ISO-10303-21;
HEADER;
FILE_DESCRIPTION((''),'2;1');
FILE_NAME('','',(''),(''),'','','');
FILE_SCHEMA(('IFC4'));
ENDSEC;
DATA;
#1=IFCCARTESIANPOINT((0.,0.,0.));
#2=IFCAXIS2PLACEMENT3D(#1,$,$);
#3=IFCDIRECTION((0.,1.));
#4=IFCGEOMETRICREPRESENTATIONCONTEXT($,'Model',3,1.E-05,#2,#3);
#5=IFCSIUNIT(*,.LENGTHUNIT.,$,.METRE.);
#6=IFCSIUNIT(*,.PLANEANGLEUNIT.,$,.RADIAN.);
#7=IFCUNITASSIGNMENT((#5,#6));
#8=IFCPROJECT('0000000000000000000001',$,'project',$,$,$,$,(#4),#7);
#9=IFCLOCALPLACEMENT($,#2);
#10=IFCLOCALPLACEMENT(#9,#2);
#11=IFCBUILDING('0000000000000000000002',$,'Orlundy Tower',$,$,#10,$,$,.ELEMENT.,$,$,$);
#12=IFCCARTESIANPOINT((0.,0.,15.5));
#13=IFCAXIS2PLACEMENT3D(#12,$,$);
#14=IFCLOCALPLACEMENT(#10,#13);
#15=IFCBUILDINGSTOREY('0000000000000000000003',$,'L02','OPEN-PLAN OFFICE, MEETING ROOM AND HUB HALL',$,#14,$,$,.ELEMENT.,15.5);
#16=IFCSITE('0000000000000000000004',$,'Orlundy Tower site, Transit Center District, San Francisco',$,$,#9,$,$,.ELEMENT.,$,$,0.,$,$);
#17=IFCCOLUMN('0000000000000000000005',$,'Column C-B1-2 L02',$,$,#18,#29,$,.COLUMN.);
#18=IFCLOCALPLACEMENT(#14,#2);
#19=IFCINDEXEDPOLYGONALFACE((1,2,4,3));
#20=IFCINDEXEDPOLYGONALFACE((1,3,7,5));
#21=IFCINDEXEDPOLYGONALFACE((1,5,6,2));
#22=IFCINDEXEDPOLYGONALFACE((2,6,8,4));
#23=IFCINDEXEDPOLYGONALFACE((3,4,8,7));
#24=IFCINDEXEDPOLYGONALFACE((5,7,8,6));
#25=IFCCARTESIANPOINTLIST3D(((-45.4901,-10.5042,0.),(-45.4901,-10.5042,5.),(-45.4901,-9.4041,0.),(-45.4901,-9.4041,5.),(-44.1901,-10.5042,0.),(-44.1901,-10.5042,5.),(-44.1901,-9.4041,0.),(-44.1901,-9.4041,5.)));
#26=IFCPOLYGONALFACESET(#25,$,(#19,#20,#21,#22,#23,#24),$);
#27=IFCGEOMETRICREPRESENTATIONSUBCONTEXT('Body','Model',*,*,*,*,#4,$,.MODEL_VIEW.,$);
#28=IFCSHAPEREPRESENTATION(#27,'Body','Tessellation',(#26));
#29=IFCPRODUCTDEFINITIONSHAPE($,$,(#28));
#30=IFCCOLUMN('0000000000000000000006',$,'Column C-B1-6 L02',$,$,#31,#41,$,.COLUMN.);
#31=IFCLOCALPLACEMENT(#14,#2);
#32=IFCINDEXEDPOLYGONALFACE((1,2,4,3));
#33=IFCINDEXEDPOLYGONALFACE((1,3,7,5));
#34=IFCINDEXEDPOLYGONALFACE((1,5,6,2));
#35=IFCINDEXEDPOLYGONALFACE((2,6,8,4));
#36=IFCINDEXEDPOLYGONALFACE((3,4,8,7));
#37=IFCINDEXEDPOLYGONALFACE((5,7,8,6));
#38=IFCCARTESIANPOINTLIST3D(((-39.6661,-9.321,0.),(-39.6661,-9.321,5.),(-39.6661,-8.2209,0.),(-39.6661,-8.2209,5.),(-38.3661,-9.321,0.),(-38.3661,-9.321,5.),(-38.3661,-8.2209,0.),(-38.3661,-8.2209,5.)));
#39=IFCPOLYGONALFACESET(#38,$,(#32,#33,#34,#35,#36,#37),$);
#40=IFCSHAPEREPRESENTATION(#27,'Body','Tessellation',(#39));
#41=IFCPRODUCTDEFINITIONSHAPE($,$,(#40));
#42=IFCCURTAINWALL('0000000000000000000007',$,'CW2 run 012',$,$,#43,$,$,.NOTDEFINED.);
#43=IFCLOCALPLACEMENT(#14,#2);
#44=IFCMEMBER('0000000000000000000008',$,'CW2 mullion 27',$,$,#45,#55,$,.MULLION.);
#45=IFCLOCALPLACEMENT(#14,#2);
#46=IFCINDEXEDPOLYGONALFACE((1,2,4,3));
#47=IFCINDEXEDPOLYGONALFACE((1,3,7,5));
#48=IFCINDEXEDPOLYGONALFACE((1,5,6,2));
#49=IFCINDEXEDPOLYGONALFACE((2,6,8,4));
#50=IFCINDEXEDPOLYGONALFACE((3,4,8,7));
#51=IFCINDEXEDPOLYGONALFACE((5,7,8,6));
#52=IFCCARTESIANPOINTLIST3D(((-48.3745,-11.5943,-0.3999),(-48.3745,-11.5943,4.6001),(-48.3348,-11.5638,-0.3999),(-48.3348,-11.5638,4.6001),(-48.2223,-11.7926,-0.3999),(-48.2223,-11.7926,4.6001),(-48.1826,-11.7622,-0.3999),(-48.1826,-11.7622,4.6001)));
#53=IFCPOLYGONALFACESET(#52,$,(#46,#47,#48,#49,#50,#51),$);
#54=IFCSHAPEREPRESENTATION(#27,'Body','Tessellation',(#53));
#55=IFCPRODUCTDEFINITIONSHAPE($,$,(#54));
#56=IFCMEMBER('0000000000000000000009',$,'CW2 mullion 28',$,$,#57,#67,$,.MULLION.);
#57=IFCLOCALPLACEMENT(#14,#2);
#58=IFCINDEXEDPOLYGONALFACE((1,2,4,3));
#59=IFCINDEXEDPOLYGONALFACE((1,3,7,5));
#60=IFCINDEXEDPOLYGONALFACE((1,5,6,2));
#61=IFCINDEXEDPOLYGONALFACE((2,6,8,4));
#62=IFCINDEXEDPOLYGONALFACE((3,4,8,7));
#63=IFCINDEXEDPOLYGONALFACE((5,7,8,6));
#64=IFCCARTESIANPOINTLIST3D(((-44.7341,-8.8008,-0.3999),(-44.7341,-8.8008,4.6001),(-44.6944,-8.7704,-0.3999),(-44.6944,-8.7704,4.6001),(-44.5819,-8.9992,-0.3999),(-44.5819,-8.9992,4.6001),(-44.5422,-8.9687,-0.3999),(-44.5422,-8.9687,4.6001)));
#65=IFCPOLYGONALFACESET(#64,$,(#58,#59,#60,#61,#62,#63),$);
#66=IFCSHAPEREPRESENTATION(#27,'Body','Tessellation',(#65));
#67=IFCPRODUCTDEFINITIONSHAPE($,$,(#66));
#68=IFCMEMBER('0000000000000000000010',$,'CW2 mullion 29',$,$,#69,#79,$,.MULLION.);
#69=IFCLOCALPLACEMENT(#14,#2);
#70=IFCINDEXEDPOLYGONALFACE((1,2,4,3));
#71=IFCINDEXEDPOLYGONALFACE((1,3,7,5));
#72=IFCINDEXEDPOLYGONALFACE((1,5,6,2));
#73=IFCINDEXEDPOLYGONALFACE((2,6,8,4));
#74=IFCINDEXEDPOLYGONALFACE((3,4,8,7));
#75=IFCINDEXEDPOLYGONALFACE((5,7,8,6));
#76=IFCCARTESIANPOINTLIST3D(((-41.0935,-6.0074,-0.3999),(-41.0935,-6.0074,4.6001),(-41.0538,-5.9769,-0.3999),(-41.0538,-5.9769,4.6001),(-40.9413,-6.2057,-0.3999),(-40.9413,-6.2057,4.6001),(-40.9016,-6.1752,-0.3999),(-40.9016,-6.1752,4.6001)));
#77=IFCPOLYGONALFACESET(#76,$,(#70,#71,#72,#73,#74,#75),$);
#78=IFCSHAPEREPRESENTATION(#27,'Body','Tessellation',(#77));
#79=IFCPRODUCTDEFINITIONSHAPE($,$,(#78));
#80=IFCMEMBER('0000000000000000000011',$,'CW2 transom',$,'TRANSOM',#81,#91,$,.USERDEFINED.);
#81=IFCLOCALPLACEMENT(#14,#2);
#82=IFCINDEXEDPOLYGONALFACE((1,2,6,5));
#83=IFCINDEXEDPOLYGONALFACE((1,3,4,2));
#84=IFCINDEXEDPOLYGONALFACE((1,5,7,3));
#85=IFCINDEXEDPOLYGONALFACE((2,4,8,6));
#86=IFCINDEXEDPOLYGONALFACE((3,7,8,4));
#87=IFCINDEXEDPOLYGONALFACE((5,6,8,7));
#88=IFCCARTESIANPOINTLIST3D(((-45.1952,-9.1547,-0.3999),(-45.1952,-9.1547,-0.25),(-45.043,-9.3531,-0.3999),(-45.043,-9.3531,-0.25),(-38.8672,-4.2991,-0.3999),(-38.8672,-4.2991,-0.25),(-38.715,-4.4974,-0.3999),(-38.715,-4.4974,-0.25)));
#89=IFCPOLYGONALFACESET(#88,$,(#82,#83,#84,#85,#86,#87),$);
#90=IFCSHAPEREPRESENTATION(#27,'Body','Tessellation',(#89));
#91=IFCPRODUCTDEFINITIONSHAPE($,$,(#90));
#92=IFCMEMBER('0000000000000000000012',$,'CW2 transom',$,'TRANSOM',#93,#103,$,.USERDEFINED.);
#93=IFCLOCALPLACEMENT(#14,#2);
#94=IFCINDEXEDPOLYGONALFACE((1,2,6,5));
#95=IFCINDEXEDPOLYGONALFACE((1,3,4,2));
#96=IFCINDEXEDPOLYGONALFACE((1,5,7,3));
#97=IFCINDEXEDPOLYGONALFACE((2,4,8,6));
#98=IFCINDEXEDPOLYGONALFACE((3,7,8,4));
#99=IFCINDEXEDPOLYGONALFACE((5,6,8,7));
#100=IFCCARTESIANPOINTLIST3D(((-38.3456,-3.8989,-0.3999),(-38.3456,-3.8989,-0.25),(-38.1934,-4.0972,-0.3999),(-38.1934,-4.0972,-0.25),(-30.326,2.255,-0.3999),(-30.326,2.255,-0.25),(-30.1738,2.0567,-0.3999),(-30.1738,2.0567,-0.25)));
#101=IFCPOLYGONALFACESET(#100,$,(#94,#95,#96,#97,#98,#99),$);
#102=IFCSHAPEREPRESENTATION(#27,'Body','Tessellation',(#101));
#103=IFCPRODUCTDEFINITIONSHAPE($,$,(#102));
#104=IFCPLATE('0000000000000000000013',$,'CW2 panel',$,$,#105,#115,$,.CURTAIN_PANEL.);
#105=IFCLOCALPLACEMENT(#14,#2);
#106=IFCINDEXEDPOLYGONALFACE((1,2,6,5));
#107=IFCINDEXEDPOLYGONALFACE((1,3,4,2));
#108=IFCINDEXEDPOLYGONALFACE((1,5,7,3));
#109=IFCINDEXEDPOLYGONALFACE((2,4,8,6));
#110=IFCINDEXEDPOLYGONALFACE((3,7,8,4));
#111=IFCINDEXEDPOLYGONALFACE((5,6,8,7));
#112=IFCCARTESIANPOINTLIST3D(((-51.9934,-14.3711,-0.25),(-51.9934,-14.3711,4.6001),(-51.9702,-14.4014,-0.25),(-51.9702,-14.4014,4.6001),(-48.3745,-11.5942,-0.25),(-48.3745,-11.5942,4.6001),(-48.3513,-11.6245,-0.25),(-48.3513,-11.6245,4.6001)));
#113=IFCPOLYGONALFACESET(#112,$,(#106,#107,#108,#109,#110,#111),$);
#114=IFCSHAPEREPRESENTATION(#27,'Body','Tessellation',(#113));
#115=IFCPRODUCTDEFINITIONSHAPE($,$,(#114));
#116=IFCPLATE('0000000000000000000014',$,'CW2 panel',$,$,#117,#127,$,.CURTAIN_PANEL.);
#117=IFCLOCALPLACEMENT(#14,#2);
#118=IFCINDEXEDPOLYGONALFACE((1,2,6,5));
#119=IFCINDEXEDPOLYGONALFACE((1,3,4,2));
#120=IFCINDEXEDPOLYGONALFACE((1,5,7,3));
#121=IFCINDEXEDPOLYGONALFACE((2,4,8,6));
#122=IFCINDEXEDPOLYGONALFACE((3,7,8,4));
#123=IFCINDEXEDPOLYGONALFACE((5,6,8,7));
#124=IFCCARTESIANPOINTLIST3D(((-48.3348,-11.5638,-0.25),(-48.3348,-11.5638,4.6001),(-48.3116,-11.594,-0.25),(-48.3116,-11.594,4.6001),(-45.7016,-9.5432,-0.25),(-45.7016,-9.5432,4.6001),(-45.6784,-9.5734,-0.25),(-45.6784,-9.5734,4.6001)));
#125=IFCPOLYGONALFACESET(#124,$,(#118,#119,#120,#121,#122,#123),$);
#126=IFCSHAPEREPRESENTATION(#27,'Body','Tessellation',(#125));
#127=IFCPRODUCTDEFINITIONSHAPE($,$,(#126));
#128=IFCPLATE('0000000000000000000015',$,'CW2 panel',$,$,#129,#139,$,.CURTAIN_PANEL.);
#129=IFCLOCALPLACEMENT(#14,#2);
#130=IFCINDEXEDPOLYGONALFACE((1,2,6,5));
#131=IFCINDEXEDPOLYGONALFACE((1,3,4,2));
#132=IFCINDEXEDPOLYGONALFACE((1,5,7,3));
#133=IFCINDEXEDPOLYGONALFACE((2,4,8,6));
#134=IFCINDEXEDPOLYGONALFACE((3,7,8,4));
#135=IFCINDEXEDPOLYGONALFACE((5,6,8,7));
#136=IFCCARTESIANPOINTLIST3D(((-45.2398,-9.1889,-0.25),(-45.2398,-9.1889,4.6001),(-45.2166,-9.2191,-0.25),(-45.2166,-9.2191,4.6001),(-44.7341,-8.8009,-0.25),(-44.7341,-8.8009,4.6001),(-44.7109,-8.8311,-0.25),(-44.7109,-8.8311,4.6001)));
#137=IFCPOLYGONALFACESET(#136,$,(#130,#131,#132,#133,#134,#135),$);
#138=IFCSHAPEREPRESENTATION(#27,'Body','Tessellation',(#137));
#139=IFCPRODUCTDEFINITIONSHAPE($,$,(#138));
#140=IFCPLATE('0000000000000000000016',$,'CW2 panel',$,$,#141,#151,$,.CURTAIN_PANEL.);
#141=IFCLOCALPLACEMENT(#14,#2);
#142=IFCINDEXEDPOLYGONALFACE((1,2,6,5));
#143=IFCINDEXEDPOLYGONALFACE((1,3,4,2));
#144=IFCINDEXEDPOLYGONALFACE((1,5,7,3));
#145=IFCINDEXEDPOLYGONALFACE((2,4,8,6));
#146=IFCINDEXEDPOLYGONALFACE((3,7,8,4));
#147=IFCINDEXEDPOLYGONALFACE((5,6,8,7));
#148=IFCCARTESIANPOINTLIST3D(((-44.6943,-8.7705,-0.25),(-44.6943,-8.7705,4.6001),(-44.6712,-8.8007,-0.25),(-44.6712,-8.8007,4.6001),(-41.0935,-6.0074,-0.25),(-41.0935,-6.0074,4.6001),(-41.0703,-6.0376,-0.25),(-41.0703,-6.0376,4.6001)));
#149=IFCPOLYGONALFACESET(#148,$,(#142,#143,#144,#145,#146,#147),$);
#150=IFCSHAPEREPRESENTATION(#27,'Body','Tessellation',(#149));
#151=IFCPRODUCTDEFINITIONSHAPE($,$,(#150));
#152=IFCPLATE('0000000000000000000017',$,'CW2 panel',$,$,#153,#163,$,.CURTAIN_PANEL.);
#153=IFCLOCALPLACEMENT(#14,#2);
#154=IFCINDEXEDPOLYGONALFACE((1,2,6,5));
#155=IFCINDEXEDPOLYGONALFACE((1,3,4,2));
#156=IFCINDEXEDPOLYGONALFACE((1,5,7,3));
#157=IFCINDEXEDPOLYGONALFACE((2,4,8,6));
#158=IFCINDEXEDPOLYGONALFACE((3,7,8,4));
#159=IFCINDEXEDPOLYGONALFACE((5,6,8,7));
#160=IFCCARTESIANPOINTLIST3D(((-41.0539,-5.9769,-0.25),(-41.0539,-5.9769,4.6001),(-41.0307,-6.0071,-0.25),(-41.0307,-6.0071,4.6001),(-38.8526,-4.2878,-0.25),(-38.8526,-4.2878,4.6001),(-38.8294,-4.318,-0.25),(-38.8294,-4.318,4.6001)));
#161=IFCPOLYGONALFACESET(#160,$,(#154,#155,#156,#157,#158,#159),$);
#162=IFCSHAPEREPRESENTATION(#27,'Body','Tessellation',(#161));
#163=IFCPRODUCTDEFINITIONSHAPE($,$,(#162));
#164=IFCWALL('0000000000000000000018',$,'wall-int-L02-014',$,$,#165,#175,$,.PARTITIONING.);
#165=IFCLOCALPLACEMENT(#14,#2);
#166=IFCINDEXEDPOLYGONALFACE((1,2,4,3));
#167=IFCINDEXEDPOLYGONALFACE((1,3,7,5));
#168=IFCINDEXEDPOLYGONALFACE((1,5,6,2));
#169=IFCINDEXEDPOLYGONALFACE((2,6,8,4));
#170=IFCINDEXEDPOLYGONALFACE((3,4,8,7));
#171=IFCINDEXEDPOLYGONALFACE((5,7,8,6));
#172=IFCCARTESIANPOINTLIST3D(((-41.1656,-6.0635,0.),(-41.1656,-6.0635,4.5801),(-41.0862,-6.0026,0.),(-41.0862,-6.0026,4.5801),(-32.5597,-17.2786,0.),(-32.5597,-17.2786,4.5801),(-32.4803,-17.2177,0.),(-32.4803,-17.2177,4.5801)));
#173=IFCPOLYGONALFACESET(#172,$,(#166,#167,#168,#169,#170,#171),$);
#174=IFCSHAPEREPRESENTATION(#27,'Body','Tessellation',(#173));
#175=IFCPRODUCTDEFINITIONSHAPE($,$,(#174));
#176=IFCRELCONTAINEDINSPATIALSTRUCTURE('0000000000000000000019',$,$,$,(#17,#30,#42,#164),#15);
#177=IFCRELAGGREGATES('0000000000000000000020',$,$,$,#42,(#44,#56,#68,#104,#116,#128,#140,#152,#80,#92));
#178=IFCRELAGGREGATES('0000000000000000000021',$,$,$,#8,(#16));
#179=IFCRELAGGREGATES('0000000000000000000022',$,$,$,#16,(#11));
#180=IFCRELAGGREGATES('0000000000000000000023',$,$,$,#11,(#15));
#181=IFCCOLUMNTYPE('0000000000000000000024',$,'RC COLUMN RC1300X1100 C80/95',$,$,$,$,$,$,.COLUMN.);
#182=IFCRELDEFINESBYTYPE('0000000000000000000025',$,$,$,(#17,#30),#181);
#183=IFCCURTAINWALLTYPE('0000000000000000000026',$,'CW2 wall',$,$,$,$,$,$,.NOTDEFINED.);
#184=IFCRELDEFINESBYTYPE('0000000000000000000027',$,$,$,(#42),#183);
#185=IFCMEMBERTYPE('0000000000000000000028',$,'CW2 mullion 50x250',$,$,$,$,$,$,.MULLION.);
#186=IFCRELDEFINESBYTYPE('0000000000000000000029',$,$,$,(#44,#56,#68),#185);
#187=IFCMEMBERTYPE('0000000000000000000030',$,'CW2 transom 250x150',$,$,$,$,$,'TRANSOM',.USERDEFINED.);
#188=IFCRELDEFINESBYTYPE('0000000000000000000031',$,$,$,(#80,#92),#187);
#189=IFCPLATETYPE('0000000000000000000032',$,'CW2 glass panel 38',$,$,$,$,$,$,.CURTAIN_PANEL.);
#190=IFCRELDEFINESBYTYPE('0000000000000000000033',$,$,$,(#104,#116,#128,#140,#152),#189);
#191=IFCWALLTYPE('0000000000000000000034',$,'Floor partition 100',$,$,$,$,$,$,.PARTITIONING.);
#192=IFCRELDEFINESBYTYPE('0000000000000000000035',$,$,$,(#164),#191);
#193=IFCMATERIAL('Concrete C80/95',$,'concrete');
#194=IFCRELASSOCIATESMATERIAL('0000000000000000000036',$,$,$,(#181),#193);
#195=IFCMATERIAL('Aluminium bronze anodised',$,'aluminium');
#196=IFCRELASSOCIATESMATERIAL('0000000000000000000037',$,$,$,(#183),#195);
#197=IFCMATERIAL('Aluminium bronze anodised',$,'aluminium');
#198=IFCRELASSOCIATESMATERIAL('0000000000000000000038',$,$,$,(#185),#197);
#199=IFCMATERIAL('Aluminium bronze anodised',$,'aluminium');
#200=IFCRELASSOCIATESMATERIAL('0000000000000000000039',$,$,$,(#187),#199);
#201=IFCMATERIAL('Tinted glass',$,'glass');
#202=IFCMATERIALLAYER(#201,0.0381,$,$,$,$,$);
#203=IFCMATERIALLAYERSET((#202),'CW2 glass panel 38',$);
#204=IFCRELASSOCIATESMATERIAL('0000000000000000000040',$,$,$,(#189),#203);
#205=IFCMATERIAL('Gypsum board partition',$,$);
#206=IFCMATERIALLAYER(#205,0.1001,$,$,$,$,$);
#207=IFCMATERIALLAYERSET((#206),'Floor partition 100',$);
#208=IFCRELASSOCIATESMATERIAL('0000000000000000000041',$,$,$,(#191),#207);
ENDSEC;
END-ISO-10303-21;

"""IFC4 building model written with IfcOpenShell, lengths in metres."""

from ifc_helpers import new_model, si_unit, direction, frame, frame_2d, origin, origin_2d, place, context, subcontext, project, spatial, rectangle, extrude, material, layer, layer_set, material_profile, profile_set, type_object, element, aggregate, save


model = new_model("IFC4")

# Units and contexts
model_context = context("Model", 3, precision=1e-05, world=origin(), true_north=direction((0.0, 1.0)))
body_context = subcontext(model_context, "Body", "Model", "MODEL_VIEW")
ifc_project = project(units=[si_unit("LENGTHUNIT", "METRE"), si_unit("PLANEANGLEUNIT", "RADIAN")], contexts=[model_context])

# Site, building, storey
site_placement = place(None, origin())
site = spatial("IfcSite", under=ifc_project, at=site_placement, Name="Orlundy Tower site, Transit Center District, San Francisco", CompositionType="ELEMENT", RefElevation=0.0)
building_placement = place(site_placement, origin())
building = spatial("IfcBuilding", under=site, at=building_placement, Name="Orlundy Tower", CompositionType="ELEMENT")
storey_placement = place(building_placement, frame((0.0, 0.0, 15.5)))
storey = spatial("IfcBuildingStorey", under=building, at=storey_placement, Name="L02", Description="OPEN-PLAN OFFICE, MEETING ROOM AND HUB HALL", CompositionType="ELEMENT", Elevation=15.5)

# Columns
ifc_material_1 = material(Name="Concrete C80/95", Category="concrete")
ifc_material_profile_1 = material_profile(ifc_material_1, rectangle(XDim=1.3, YDim=1.1001, at=origin_2d()), Name="RC1300X1100")
ifc_profile_set_1 = profile_set([ifc_material_profile_1], Name="Concrete C80/95")
column_type = type_object("IfcColumnType", Name="RC COLUMN RC1300X1100 C80/95", PredefinedType="COLUMN", material=ifc_profile_set_1)
for number, where, z_axis, x_axis, name in (
    (1, (-44.8401, -9.9541, 0.0), (0.0, 0.0, 1.0), (1.0, 0.0, 0.0), "Column C-B1-2 L02"),
    (2, (-39.0161, -8.771, 0.0), (0.0, 0.0, 1.0), (1.0, 0.0, 0.0), "Column C-B1-6 L02"),
):
    element("IfcColumn", number, at=place(storey_placement, frame(where, z_axis=z_axis, x_axis=x_axis)), inside=storey, type_object=column_type, Name=name, PredefinedType="COLUMN", context=body_context, shape_type="SweptSolid", body=[
        extrude(rectangle(XDim=1.3, YDim=1.1001, at=origin_2d()), origin(), (0.0, 0.0, 1.0), 5.0),
    ])

# Curtain wall, members, plates
ifc_material_2 = material(Name="Aluminium bronze anodised", Category="aluminium")
curtain_wall_type = type_object("IfcCurtainWallType", Name="CW2 wall", PredefinedType="NOTDEFINED", material=ifc_material_2)
curtain_wall_placement = place(storey_placement, origin())
curtain_wall = element("IfcCurtainWall", 3, at=curtain_wall_placement, inside=storey, type_object=curtain_wall_type, Name="CW2 run 012", PredefinedType="NOTDEFINED")
ifc_material_3 = material(Name="Aluminium bronze anodised", Category="aluminium")
ifc_material_profile_2 = material_profile(ifc_material_3, rectangle(XDim=0.25, YDim=0.05, at=origin_2d()), Name="CW2 mullion 50x250")
ifc_profile_set_2 = profile_set([ifc_material_profile_2], Name="Aluminium bronze anodised")
member_type_1 = type_object("IfcMemberType", Name="CW2 mullion 50x250", PredefinedType="MULLION", material=ifc_profile_set_2)
member_1_placement = place(storey_placement, frame((-48.2786, -11.6782, -0.3999), z_axis=(0.0, 0.0, 1.0), x_axis=(-0.608768, 0.793348, 0.0)))
member_1 = element("IfcMember", 4, at=member_1_placement, type_object=member_type_1, Name="CW2 mullion 27", PredefinedType="MULLION", context=body_context, shape_type="SweptSolid", body=[
    extrude(rectangle(XDim=0.25, YDim=0.05, at=origin_2d()), origin(), (0.0, 0.0, 1.0), 5.0),
])
member_2_placement = place(storey_placement, frame((-44.6382, -8.8848, -0.3999), z_axis=(0.0, 0.0, 1.0), x_axis=(-0.608768, 0.793348, 0.0)))
member_2 = element("IfcMember", 5, at=member_2_placement, type_object=member_type_1, Name="CW2 mullion 28", PredefinedType="MULLION", context=body_context, shape_type="SweptSolid", body=[
    extrude(rectangle(XDim=0.25, YDim=0.05, at=origin_2d()), origin(), (0.0, 0.0, 1.0), 5.0),
])
member_3_placement = place(storey_placement, frame((-40.9976, -6.0913, -0.3999), z_axis=(0.0, 0.0, 1.0), x_axis=(-0.608768, 0.793348, 0.0)))
member_3 = element("IfcMember", 6, at=member_3_placement, type_object=member_type_1, Name="CW2 mullion 29", PredefinedType="MULLION", context=body_context, shape_type="SweptSolid", body=[
    extrude(rectangle(XDim=0.25, YDim=0.05, at=origin_2d()), origin(), (0.0, 0.0, 1.0), 5.0),
])
ifc_material_4 = material(Name="Aluminium bronze anodised", Category="aluminium")
ifc_material_profile_3 = material_profile(ifc_material_4, rectangle(XDim=0.25, YDim=0.1499, at=origin_2d()), Name="CW2 transom 250x150")
ifc_profile_set_3 = profile_set([ifc_material_profile_3], Name="Aluminium bronze anodised")
member_type_2 = type_object("IfcMemberType", Name="CW2 transom 250x150", ElementType="TRANSOM", PredefinedType="USERDEFINED", material=ifc_profile_set_3)
member_4_placement = place(storey_placement, frame((-45.1191, -9.2539, -0.325), z_axis=(0.793355, 0.608759, 0.0), x_axis=(-0.608759, 0.793355, 0.0)))
member_4 = element("IfcMember", 7, at=member_4_placement, type_object=member_type_2, Name="CW2 transom", ObjectType="TRANSOM", PredefinedType="USERDEFINED", context=body_context, shape_type="SweptSolid", body=[
    extrude(rectangle(XDim=0.25, YDim=0.1499, at=origin_2d()), origin(), (0.0, 0.0, 1.0), 7.9763),
])
member_5_placement = place(storey_placement, frame((-38.2695, -3.998, -0.325), z_axis=(0.793344, 0.608774, 0.0), x_axis=(-0.608774, 0.793344, 0.0)))
member_5 = element("IfcMember", 8, at=member_5_placement, type_object=member_type_2, Name="CW2 transom", ObjectType="TRANSOM", PredefinedType="USERDEFINED", context=body_context, shape_type="SweptSolid", body=[
    extrude(rectangle(XDim=0.25, YDim=0.1499, at=origin_2d()), origin(), (0.0, 0.0, 1.0), 10.1086),
])
ifc_material_5 = material(Name="Tinted glass", Category="glass")
ifc_layer_1 = layer(ifc_material_5, 0.0381)
ifc_layer_set_1 = layer_set([ifc_layer_1], Name="CW2 glass panel 38")
plate_type = type_object("IfcPlateType", Name="CW2 glass panel 38", PredefinedType="CURTAIN_PANEL", material=ifc_layer_set_1)
plate_1_placement = place(storey_placement, frame((-50.1724, -12.9978, -0.25), z_axis=(0.0, 0.0, 1.0), x_axis=(0.793348, 0.608768, 0.0)))
plate_1 = element("IfcPlate", 9, at=plate_1_placement, type_object=plate_type, Name="CW2 panel", PredefinedType="CURTAIN_PANEL", context=body_context, shape_type="SweptSolid", body=[
    extrude(rectangle(XDim=4.5615, YDim=0.0381, at=origin_2d()), origin(), (0.0, 0.0, 1.0), 4.8501),
])
plate_2_placement = place(storey_placement, frame((-47.0066, -10.5686, -0.25), z_axis=(0.0, 0.0, 1.0), x_axis=(0.793348, 0.608768, 0.0)))
plate_2 = element("IfcPlate", 10, at=plate_2_placement, type_object=plate_type, Name="CW2 panel", PredefinedType="CURTAIN_PANEL", context=body_context, shape_type="SweptSolid", body=[
    extrude(rectangle(XDim=3.3191, YDim=0.0381, at=origin_2d()), origin(), (0.0, 0.0, 1.0), 4.8501),
])
plate_3_placement = place(storey_placement, frame((-44.9753, -9.01, -0.25), z_axis=(0.0, 0.0, 1.0), x_axis=(0.793348, 0.608768, 0.0)))
plate_3 = element("IfcPlate", 11, at=plate_3_placement, type_object=plate_type, Name="CW2 panel", PredefinedType="CURTAIN_PANEL", context=body_context, shape_type="SweptSolid", body=[
    extrude(rectangle(XDim=0.6375, YDim=0.0381, at=origin_2d()), origin(), (0.0, 0.0, 1.0), 4.8501),
])
plate_4_placement = place(storey_placement, frame((-42.8823, -7.4041, -0.25), z_axis=(0.0, 0.0, 1.0), x_axis=(0.793348, 0.608768, 0.0)))
plate_4 = element("IfcPlate", 12, at=plate_4_placement, type_object=plate_type, Name="CW2 panel", PredefinedType="CURTAIN_PANEL", context=body_context, shape_type="SweptSolid", body=[
    extrude(rectangle(XDim=4.5388, YDim=0.0381, at=origin_2d()), origin(), (0.0, 0.0, 1.0), 4.8501),
])
plate_5_placement = place(storey_placement, frame((-39.9417, -5.1475, -0.25), z_axis=(0.0, 0.0, 1.0), x_axis=(0.793348, 0.608768, 0.0)))
plate_5 = element("IfcPlate", 13, at=plate_5_placement, type_object=plate_type, Name="CW2 panel", PredefinedType="CURTAIN_PANEL", context=body_context, shape_type="SweptSolid", body=[
    extrude(rectangle(XDim=2.7747, YDim=0.0381, at=origin_2d()), origin(), (0.0, 0.0, 1.0), 4.8501),
])
aggregate(curtain_wall, [member_1, member_2, member_3, plate_1, plate_2, plate_3, plate_4, plate_5, member_4, member_5])

# Wall
ifc_material_6 = material(Name="Gypsum board partition")
ifc_layer_2 = layer(ifc_material_6, 0.1001)
ifc_layer_set_2 = layer_set([ifc_layer_2], Name="Floor partition 100")
wall_type = type_object("IfcWallType", Name="Floor partition 100", PredefinedType="PARTITIONING", material=ifc_layer_set_2)
wall_placement = place(storey_placement, frame((-41.126, -6.033, 0.0), z_axis=(0.0, 0.0, 1.0), x_axis=(0.608776, -0.793342, 0.0)))
element("IfcWall", 14, at=wall_placement, inside=storey, type_object=wall_type, Name="wall-int-L02-014", PredefinedType="PARTITIONING", context=body_context, shape_type="SweptSolid", body=[
    extrude(rectangle(XDim=14.1365, YDim=0.1001, at=frame_2d((7.0684, 0.0))), origin(), (0.0, 0.0, 1.0), 4.5801),
])

save(model, "model.ifc")
